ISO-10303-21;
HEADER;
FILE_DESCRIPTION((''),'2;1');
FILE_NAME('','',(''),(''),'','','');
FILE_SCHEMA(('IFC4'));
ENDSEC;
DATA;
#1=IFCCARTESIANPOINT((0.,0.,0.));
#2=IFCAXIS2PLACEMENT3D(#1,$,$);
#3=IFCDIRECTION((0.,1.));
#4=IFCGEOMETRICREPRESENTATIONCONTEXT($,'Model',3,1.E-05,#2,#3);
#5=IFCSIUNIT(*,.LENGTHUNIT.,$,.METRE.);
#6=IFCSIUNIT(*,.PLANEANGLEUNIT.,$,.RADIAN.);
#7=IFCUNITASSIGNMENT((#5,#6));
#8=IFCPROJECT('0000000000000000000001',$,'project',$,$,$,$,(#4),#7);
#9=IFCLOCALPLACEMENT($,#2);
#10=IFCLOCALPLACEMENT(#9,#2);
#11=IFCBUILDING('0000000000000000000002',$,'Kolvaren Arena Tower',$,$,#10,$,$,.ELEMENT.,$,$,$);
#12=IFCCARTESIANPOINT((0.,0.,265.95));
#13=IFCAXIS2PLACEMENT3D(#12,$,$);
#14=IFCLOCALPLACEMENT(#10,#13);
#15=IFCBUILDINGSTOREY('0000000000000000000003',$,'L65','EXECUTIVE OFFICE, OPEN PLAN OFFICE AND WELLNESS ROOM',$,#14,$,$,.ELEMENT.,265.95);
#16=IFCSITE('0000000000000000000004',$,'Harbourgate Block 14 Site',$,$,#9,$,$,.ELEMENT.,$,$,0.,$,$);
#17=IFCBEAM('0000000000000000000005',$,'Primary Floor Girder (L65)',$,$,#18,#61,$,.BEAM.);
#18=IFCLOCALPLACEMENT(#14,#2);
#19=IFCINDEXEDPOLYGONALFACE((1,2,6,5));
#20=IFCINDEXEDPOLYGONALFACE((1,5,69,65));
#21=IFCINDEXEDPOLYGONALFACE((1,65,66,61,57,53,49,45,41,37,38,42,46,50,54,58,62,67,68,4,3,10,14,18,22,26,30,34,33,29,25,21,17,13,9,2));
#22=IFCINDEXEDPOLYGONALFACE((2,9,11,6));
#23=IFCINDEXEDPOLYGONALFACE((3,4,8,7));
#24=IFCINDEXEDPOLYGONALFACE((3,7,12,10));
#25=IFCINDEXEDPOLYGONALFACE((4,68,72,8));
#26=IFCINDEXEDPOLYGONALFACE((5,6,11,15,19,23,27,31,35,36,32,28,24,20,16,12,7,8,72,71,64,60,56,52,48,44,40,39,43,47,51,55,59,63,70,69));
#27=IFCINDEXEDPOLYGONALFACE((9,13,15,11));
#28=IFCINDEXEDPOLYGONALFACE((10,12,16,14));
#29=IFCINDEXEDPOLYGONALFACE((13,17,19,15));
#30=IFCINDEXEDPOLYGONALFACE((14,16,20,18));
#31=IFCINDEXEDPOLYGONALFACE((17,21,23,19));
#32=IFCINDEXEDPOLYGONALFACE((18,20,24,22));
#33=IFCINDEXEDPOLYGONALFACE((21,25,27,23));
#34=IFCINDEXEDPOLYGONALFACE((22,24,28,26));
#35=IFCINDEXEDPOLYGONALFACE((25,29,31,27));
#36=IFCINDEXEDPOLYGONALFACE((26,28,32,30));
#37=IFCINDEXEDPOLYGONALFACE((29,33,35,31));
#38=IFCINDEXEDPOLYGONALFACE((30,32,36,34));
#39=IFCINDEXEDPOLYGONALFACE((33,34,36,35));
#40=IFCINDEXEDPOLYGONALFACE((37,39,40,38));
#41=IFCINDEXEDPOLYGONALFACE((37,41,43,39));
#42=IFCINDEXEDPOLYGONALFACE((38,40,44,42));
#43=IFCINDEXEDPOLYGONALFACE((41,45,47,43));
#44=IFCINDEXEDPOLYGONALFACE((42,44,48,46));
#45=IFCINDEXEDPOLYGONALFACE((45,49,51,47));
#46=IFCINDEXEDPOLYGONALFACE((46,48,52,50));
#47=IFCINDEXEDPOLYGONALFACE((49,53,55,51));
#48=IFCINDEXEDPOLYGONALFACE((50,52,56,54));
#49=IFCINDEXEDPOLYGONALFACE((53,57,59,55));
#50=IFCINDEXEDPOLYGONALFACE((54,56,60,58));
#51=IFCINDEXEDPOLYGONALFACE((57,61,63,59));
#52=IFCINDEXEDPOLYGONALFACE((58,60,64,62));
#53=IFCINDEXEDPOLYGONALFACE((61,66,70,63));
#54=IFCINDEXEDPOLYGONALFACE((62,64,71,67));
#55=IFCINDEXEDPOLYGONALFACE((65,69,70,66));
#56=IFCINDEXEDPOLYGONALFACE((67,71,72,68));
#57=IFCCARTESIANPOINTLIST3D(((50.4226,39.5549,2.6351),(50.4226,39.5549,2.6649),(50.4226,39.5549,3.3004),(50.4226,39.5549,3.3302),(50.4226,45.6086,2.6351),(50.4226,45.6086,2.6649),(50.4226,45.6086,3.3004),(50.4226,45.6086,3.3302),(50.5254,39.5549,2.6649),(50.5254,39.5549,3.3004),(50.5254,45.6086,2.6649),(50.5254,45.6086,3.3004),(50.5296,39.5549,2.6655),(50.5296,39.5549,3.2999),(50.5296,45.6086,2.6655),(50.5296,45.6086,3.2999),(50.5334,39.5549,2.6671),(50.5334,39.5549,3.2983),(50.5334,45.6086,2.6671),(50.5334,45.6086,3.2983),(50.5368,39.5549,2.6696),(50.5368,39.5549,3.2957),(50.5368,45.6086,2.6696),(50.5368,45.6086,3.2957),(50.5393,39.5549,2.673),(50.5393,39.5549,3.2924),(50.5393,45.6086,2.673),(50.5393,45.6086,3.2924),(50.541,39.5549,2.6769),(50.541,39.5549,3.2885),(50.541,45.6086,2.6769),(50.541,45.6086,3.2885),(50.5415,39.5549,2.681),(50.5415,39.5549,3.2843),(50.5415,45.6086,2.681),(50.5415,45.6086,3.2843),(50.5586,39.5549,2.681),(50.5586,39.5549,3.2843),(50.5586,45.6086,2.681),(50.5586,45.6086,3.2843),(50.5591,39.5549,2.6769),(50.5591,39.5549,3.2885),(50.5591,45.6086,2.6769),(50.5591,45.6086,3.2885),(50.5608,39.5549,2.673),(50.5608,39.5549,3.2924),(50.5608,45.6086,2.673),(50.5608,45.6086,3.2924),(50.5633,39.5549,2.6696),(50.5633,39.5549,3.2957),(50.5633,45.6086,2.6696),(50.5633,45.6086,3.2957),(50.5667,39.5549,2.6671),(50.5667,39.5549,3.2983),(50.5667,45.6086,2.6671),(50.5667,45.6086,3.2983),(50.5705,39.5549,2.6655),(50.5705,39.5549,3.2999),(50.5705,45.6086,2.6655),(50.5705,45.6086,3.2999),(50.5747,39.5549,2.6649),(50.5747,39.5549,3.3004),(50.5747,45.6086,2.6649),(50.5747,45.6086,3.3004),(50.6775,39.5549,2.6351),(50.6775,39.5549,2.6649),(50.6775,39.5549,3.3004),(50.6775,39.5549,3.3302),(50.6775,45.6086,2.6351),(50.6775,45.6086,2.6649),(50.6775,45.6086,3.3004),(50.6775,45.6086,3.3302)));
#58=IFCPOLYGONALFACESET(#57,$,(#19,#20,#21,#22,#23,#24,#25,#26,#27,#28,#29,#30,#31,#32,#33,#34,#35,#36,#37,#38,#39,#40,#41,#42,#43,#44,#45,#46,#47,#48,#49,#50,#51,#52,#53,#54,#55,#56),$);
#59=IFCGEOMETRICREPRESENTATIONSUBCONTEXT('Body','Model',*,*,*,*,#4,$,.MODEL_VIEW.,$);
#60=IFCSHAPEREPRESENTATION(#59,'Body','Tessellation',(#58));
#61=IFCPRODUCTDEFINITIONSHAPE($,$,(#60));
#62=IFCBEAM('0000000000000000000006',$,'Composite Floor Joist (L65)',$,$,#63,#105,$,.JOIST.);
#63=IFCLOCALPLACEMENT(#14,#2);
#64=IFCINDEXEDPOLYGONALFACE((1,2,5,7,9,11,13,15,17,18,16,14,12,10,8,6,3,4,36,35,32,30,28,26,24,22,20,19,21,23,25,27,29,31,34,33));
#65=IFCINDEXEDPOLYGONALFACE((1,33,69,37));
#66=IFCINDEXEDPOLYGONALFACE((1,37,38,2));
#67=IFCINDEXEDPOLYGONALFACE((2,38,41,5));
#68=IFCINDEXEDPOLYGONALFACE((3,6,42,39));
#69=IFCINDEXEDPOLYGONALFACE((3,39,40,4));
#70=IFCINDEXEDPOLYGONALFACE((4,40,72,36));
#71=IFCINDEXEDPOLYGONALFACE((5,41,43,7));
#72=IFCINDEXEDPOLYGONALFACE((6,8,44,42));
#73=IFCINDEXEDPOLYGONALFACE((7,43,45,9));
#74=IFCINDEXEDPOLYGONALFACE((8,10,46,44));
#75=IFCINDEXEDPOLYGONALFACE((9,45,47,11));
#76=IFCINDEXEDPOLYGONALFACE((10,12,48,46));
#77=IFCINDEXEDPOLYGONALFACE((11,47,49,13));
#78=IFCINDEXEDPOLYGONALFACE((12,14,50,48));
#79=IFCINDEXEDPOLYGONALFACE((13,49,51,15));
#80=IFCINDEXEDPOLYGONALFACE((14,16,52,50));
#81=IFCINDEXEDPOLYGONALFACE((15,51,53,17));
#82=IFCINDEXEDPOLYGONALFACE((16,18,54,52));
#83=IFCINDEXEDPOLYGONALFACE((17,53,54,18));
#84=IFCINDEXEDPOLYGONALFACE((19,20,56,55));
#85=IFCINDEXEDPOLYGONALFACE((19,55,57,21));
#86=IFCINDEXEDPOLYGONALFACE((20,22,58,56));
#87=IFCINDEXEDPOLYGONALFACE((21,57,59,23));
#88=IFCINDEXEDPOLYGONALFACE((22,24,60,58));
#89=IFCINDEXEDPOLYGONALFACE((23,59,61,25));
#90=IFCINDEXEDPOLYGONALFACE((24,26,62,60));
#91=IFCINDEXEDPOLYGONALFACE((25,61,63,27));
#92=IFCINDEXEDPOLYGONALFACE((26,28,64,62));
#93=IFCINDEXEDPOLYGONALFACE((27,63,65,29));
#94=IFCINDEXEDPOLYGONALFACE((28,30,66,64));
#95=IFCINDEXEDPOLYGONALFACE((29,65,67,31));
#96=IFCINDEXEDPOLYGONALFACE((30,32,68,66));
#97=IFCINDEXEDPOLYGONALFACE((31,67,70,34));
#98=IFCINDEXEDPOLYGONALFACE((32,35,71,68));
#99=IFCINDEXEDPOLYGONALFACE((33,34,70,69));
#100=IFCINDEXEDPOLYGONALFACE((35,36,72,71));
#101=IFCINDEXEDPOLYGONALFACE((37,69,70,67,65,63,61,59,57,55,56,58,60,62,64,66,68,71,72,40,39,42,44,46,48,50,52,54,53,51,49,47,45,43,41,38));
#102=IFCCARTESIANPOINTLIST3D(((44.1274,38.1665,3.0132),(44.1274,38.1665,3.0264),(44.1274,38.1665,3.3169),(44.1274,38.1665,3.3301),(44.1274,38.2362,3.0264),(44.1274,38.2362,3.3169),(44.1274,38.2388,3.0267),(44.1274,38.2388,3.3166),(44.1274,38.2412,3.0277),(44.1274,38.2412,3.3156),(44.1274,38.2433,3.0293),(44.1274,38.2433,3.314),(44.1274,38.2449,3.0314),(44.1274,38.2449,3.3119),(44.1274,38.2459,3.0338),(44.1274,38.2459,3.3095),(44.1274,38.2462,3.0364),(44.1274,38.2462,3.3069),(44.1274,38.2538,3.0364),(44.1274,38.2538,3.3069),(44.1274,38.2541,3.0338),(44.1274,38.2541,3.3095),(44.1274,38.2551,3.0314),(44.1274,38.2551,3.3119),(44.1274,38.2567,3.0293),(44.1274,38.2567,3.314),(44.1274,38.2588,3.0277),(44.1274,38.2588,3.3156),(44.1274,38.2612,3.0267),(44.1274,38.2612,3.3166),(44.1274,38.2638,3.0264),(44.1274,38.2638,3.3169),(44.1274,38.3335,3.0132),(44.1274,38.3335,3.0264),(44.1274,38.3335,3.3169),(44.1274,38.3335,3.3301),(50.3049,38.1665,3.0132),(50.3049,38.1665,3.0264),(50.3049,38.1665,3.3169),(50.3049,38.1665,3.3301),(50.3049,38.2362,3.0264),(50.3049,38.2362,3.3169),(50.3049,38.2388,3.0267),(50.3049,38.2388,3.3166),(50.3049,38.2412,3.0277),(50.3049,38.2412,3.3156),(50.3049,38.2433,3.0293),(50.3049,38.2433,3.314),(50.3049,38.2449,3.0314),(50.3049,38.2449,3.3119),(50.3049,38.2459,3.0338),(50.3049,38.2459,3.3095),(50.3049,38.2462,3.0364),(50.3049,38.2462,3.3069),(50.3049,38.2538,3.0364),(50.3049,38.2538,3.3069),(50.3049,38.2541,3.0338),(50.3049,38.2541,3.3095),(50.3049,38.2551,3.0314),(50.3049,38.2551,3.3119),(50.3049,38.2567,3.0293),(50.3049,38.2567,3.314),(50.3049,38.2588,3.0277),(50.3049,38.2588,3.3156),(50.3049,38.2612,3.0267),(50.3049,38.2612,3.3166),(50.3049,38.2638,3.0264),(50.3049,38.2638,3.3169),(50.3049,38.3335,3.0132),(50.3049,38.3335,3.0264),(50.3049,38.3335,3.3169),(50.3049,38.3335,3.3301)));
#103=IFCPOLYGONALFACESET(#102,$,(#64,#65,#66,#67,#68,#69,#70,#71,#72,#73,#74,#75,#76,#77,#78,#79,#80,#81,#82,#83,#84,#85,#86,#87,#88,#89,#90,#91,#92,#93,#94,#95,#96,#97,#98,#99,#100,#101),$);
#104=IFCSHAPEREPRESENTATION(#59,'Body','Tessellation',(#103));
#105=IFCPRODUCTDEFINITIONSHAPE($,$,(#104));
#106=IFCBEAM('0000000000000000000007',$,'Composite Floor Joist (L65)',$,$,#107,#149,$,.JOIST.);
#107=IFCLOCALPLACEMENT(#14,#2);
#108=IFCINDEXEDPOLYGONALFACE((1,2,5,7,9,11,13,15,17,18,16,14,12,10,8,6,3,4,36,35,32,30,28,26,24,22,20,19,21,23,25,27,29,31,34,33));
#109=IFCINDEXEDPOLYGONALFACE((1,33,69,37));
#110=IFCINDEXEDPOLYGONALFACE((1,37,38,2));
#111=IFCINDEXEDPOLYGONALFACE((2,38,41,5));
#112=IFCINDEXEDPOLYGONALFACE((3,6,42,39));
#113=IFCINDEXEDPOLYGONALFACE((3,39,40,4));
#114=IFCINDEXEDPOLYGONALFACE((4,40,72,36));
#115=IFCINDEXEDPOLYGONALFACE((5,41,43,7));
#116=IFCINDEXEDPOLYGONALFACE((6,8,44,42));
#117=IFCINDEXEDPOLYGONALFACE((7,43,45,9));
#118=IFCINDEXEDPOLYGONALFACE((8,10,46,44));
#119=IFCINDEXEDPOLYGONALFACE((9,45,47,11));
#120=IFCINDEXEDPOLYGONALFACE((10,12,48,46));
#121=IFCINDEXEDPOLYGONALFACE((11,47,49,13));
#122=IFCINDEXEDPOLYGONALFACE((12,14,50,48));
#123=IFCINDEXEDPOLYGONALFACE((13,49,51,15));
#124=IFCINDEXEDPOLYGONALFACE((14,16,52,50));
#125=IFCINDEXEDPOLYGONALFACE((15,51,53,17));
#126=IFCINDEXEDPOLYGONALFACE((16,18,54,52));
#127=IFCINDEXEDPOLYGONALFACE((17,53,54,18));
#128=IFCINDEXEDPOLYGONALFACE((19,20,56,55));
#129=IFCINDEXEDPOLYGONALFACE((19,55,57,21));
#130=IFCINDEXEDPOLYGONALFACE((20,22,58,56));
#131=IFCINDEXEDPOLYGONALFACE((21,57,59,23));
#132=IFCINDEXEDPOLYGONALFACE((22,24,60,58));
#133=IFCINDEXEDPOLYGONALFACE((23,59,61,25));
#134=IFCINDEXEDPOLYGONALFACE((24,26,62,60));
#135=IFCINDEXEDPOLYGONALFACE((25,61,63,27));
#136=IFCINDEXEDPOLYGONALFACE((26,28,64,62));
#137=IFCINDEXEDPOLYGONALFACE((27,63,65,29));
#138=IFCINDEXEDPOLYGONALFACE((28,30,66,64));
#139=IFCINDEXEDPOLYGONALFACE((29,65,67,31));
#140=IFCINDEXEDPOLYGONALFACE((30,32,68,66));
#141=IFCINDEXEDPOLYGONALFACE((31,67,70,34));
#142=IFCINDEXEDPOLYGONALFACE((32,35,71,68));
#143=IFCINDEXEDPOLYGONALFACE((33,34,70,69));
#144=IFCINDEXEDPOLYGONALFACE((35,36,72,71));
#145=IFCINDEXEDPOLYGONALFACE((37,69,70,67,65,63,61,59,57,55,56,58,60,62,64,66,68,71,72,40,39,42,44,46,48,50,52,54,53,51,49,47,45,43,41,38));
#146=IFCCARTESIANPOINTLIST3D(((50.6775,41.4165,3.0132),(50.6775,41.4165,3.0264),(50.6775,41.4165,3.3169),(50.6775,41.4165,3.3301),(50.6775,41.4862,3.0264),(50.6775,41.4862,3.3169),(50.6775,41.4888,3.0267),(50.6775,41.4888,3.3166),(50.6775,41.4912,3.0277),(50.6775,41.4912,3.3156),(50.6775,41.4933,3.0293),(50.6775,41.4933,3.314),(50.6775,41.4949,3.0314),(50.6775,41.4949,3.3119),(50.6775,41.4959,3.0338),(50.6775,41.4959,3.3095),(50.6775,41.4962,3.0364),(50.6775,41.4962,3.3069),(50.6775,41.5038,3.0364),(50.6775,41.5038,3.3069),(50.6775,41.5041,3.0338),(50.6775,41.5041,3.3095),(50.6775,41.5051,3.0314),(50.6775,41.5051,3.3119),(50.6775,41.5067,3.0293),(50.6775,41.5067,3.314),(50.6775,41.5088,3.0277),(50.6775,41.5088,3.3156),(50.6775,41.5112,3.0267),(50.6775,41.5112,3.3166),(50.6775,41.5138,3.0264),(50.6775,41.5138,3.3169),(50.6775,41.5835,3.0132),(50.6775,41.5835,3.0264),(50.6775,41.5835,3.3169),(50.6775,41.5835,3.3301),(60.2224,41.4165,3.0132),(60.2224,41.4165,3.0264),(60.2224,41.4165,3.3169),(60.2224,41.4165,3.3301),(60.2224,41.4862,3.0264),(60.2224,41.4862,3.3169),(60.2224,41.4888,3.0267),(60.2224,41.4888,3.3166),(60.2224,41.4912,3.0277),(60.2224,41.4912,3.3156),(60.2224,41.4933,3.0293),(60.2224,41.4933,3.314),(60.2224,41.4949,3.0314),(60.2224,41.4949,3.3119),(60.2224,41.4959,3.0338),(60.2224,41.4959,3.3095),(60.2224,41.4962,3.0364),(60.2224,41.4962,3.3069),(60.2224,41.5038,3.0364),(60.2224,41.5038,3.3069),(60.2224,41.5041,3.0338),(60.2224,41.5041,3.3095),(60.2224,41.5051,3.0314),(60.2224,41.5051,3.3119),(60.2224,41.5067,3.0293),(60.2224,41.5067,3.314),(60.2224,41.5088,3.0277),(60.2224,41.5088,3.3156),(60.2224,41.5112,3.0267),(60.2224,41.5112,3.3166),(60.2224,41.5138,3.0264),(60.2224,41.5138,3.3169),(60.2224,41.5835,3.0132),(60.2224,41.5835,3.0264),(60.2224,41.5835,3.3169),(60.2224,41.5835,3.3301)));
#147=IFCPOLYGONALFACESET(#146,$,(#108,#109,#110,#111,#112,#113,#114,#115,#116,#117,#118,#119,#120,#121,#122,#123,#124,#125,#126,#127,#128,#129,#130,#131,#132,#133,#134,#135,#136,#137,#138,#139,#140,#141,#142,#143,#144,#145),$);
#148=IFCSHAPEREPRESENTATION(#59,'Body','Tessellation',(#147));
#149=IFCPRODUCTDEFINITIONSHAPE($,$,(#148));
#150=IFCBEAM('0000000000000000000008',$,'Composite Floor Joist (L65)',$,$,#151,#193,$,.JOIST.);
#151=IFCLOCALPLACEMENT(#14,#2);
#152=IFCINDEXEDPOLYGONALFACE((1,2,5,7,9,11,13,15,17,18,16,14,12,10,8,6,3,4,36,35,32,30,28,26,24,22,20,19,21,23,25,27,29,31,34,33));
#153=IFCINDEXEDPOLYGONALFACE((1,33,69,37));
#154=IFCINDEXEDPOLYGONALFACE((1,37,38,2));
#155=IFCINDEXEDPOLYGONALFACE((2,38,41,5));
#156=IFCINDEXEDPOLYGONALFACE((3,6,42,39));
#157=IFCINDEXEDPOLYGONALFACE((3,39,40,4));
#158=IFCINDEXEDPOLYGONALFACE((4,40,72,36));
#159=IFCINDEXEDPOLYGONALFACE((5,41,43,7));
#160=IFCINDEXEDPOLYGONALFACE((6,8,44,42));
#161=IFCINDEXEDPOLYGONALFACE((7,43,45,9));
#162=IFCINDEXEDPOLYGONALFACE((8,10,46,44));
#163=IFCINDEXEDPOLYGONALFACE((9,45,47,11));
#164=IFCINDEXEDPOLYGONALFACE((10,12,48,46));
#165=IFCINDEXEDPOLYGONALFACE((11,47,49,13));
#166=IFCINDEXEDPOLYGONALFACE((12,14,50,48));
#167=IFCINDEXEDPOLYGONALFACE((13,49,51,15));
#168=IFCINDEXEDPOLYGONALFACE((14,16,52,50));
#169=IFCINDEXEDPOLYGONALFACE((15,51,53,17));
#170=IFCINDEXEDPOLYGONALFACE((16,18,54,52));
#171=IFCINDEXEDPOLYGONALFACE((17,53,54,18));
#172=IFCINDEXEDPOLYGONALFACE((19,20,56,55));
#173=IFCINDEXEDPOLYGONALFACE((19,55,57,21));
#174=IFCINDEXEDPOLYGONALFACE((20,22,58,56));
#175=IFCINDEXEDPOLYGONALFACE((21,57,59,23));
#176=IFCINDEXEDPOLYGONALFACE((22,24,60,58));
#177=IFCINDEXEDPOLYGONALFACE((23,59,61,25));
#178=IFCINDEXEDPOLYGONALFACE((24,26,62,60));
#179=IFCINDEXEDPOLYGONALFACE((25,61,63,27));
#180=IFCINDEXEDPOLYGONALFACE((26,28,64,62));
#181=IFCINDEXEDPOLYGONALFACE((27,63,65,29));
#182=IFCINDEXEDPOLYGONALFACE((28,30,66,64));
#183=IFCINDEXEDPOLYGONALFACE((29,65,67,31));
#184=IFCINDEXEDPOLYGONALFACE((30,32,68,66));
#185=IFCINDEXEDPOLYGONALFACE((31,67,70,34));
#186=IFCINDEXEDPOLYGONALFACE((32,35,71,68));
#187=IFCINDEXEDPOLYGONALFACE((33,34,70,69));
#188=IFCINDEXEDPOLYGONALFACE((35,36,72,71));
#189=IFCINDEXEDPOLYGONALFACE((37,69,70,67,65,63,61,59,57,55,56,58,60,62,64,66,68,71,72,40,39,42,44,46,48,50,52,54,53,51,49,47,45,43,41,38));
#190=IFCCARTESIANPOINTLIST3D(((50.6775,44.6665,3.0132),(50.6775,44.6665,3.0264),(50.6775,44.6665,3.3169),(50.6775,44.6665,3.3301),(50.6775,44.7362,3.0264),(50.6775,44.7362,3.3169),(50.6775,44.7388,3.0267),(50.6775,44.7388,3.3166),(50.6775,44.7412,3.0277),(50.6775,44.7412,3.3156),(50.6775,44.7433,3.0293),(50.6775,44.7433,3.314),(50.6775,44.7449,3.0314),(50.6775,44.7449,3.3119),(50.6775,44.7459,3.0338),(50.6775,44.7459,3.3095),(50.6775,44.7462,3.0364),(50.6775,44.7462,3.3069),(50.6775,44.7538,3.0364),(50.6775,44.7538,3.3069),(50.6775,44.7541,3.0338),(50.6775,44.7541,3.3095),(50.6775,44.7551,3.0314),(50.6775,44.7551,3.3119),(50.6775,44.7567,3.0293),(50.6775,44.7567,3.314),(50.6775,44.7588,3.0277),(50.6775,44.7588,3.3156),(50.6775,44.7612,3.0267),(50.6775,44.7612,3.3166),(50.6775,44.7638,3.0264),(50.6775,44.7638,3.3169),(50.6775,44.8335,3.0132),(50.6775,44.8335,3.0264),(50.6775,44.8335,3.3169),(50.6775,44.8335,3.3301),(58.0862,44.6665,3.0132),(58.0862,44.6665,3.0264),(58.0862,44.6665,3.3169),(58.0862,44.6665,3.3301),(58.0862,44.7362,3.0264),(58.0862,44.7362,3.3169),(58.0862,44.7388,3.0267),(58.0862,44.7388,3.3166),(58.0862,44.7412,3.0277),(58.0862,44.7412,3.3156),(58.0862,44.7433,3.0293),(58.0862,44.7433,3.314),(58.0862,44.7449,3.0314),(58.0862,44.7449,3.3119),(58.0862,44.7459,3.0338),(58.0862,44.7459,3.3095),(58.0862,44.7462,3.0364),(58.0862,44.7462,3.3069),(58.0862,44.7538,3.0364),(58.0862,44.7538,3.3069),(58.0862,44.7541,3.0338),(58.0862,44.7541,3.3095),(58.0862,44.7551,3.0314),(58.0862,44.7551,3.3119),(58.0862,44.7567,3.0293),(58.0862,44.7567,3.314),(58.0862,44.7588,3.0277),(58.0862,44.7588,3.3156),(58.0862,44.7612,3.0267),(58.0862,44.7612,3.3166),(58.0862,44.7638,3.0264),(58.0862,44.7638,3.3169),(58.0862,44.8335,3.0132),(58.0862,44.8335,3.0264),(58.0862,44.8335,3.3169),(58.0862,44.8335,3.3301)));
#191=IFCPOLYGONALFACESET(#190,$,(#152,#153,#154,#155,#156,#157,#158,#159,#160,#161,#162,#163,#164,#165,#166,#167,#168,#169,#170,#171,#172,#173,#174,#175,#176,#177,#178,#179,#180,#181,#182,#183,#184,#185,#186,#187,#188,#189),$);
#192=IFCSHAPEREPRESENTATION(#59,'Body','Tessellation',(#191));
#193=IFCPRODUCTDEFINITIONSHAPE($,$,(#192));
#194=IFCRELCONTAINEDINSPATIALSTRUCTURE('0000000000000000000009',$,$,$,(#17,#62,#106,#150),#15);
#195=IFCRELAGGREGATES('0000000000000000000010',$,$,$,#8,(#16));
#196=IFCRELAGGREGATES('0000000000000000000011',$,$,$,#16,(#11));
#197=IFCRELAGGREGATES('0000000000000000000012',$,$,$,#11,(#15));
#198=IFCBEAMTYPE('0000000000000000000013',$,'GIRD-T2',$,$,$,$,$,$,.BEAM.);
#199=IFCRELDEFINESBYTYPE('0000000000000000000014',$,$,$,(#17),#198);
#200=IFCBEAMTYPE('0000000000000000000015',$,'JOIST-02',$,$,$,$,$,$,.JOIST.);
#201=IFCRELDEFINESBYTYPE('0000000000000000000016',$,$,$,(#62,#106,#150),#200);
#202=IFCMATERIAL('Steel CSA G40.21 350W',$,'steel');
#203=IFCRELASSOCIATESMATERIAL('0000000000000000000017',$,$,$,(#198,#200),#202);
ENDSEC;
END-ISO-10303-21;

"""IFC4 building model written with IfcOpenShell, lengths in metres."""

from ifc_helpers import new_model, si_unit, direction, frame, origin, origin_2d, place, context, subcontext, project, spatial, i_section, extrude, material, material_profile, profile_set, type_object, element, save


model = new_model("IFC4")

# Units and contexts
model_context = context("Model", 3, precision=1e-05, world=origin(), true_north=direction((0.0, 1.0)))
body_context = subcontext(model_context, "Body", "Model", "MODEL_VIEW")
ifc_project = project(units=[si_unit("LENGTHUNIT", "METRE"), si_unit("PLANEANGLEUNIT", "RADIAN")], contexts=[model_context])

# Site, building, storey
site_placement = place(None, origin())
site = spatial("IfcSite", under=ifc_project, at=site_placement, Name="Harbourgate Block 14 Site", CompositionType="ELEMENT", RefElevation=0.0)
building_placement = place(site_placement, origin())
building = spatial("IfcBuilding", under=site, at=building_placement, Name="Kolvaren Arena Tower", CompositionType="ELEMENT")
storey_placement = place(building_placement, frame((0.0, 0.0, 265.95)))
storey = spatial("IfcBuildingStorey", under=building, at=storey_placement, Name="L65", Description="EXECUTIVE OFFICE, OPEN PLAN OFFICE AND WELLNESS ROOM", CompositionType="ELEMENT", Elevation=265.95)

# Beams
ifc_material_1 = material(Name="Steel CSA G40.21 350W", Category="steel")
ifc_material_profile_1 = material_profile(ifc_material_1, i_section(OverallWidth=0.2549, OverallDepth=0.6951, WebThickness=0.0171, FlangeThickness=0.0298, FilletRadius=0.0161, at=origin_2d()), Name="W690x217")
ifc_profile_set_1 = profile_set([ifc_material_profile_1], Name="Steel CSA G40.21 350W")
beam_type_1 = type_object("IfcBeamType", Name="GIRD-T2", PredefinedType="BEAM", material=ifc_profile_set_1)
beam_1_placement = place(storey_placement, frame((50.55, 39.5549, 2.9827), z_axis=(0.0, 1.0, 0.0), x_axis=(-1.0, 0.0, 0.0)))
element("IfcBeam", 1, at=beam_1_placement, inside=storey, type_object=beam_type_1, Name="Primary Floor Girder (L65)", PredefinedType="BEAM", context=body_context, shape_type="SweptSolid", body=[
    extrude(i_section(OverallWidth=0.2549, OverallDepth=0.6951, WebThickness=0.0171, FlangeThickness=0.0298, FilletRadius=0.0161, at=origin_2d()), origin(), (0.0, 0.0, 1.0), 6.0537),
])
ifc_material_profile_2 = material_profile(ifc_material_1, i_section(OverallWidth=0.167, OverallDepth=0.3169, WebThickness=0.0076, FlangeThickness=0.0132, FilletRadius=0.01, at=origin_2d()), Name="W310x52")
ifc_profile_set_2 = profile_set([ifc_material_profile_2], Name="Steel CSA G40.21 350W")
beam_type_2 = type_object("IfcBeamType", Name="JOIST-02", PredefinedType="JOIST", material=ifc_profile_set_2)
beam_2_placement = place(storey_placement, frame((44.1274, 38.25, 3.1716), z_axis=(1.0, 0.0, 0.0), x_axis=(0.0, 1.0, 0.0)))
element("IfcBeam", 2, at=beam_2_placement, inside=storey, type_object=beam_type_2, Name="Composite Floor Joist (L65)", PredefinedType="JOIST", context=body_context, shape_type="SweptSolid", body=[
    extrude(i_section(OverallWidth=0.167, OverallDepth=0.3169, WebThickness=0.0076, FlangeThickness=0.0132, FilletRadius=0.01, at=origin_2d()), origin(), (0.0, 0.0, 1.0), 6.1775),
])
beam_3_placement = place(storey_placement, frame((50.6775, 41.5, 3.1716), z_axis=(1.0, 0.0, 0.0), x_axis=(0.0, 1.0, 0.0)))
element("IfcBeam", 3, at=beam_3_placement, inside=storey, type_object=beam_type_2, Name="Composite Floor Joist (L65)", PredefinedType="JOIST", context=body_context, shape_type="SweptSolid", body=[
    extrude(i_section(OverallWidth=0.167, OverallDepth=0.3169, WebThickness=0.0076, FlangeThickness=0.0132, FilletRadius=0.01, at=origin_2d()), origin(), (0.0, 0.0, 1.0), 9.5449),
])
beam_4_placement = place(storey_placement, frame((50.6775, 44.75, 3.1716), z_axis=(1.0, 0.0, 0.0), x_axis=(0.0, 1.0, 0.0)))
element("IfcBeam", 4, at=beam_4_placement, inside=storey, type_object=beam_type_2, Name="Composite Floor Joist (L65)", PredefinedType="JOIST", context=body_context, shape_type="SweptSolid", body=[
    extrude(i_section(OverallWidth=0.167, OverallDepth=0.3169, WebThickness=0.0076, FlangeThickness=0.0132, FilletRadius=0.01, at=origin_2d()), origin(), (0.0, 0.0, 1.0), 7.4087),
])

save(model, "model.ifc")
